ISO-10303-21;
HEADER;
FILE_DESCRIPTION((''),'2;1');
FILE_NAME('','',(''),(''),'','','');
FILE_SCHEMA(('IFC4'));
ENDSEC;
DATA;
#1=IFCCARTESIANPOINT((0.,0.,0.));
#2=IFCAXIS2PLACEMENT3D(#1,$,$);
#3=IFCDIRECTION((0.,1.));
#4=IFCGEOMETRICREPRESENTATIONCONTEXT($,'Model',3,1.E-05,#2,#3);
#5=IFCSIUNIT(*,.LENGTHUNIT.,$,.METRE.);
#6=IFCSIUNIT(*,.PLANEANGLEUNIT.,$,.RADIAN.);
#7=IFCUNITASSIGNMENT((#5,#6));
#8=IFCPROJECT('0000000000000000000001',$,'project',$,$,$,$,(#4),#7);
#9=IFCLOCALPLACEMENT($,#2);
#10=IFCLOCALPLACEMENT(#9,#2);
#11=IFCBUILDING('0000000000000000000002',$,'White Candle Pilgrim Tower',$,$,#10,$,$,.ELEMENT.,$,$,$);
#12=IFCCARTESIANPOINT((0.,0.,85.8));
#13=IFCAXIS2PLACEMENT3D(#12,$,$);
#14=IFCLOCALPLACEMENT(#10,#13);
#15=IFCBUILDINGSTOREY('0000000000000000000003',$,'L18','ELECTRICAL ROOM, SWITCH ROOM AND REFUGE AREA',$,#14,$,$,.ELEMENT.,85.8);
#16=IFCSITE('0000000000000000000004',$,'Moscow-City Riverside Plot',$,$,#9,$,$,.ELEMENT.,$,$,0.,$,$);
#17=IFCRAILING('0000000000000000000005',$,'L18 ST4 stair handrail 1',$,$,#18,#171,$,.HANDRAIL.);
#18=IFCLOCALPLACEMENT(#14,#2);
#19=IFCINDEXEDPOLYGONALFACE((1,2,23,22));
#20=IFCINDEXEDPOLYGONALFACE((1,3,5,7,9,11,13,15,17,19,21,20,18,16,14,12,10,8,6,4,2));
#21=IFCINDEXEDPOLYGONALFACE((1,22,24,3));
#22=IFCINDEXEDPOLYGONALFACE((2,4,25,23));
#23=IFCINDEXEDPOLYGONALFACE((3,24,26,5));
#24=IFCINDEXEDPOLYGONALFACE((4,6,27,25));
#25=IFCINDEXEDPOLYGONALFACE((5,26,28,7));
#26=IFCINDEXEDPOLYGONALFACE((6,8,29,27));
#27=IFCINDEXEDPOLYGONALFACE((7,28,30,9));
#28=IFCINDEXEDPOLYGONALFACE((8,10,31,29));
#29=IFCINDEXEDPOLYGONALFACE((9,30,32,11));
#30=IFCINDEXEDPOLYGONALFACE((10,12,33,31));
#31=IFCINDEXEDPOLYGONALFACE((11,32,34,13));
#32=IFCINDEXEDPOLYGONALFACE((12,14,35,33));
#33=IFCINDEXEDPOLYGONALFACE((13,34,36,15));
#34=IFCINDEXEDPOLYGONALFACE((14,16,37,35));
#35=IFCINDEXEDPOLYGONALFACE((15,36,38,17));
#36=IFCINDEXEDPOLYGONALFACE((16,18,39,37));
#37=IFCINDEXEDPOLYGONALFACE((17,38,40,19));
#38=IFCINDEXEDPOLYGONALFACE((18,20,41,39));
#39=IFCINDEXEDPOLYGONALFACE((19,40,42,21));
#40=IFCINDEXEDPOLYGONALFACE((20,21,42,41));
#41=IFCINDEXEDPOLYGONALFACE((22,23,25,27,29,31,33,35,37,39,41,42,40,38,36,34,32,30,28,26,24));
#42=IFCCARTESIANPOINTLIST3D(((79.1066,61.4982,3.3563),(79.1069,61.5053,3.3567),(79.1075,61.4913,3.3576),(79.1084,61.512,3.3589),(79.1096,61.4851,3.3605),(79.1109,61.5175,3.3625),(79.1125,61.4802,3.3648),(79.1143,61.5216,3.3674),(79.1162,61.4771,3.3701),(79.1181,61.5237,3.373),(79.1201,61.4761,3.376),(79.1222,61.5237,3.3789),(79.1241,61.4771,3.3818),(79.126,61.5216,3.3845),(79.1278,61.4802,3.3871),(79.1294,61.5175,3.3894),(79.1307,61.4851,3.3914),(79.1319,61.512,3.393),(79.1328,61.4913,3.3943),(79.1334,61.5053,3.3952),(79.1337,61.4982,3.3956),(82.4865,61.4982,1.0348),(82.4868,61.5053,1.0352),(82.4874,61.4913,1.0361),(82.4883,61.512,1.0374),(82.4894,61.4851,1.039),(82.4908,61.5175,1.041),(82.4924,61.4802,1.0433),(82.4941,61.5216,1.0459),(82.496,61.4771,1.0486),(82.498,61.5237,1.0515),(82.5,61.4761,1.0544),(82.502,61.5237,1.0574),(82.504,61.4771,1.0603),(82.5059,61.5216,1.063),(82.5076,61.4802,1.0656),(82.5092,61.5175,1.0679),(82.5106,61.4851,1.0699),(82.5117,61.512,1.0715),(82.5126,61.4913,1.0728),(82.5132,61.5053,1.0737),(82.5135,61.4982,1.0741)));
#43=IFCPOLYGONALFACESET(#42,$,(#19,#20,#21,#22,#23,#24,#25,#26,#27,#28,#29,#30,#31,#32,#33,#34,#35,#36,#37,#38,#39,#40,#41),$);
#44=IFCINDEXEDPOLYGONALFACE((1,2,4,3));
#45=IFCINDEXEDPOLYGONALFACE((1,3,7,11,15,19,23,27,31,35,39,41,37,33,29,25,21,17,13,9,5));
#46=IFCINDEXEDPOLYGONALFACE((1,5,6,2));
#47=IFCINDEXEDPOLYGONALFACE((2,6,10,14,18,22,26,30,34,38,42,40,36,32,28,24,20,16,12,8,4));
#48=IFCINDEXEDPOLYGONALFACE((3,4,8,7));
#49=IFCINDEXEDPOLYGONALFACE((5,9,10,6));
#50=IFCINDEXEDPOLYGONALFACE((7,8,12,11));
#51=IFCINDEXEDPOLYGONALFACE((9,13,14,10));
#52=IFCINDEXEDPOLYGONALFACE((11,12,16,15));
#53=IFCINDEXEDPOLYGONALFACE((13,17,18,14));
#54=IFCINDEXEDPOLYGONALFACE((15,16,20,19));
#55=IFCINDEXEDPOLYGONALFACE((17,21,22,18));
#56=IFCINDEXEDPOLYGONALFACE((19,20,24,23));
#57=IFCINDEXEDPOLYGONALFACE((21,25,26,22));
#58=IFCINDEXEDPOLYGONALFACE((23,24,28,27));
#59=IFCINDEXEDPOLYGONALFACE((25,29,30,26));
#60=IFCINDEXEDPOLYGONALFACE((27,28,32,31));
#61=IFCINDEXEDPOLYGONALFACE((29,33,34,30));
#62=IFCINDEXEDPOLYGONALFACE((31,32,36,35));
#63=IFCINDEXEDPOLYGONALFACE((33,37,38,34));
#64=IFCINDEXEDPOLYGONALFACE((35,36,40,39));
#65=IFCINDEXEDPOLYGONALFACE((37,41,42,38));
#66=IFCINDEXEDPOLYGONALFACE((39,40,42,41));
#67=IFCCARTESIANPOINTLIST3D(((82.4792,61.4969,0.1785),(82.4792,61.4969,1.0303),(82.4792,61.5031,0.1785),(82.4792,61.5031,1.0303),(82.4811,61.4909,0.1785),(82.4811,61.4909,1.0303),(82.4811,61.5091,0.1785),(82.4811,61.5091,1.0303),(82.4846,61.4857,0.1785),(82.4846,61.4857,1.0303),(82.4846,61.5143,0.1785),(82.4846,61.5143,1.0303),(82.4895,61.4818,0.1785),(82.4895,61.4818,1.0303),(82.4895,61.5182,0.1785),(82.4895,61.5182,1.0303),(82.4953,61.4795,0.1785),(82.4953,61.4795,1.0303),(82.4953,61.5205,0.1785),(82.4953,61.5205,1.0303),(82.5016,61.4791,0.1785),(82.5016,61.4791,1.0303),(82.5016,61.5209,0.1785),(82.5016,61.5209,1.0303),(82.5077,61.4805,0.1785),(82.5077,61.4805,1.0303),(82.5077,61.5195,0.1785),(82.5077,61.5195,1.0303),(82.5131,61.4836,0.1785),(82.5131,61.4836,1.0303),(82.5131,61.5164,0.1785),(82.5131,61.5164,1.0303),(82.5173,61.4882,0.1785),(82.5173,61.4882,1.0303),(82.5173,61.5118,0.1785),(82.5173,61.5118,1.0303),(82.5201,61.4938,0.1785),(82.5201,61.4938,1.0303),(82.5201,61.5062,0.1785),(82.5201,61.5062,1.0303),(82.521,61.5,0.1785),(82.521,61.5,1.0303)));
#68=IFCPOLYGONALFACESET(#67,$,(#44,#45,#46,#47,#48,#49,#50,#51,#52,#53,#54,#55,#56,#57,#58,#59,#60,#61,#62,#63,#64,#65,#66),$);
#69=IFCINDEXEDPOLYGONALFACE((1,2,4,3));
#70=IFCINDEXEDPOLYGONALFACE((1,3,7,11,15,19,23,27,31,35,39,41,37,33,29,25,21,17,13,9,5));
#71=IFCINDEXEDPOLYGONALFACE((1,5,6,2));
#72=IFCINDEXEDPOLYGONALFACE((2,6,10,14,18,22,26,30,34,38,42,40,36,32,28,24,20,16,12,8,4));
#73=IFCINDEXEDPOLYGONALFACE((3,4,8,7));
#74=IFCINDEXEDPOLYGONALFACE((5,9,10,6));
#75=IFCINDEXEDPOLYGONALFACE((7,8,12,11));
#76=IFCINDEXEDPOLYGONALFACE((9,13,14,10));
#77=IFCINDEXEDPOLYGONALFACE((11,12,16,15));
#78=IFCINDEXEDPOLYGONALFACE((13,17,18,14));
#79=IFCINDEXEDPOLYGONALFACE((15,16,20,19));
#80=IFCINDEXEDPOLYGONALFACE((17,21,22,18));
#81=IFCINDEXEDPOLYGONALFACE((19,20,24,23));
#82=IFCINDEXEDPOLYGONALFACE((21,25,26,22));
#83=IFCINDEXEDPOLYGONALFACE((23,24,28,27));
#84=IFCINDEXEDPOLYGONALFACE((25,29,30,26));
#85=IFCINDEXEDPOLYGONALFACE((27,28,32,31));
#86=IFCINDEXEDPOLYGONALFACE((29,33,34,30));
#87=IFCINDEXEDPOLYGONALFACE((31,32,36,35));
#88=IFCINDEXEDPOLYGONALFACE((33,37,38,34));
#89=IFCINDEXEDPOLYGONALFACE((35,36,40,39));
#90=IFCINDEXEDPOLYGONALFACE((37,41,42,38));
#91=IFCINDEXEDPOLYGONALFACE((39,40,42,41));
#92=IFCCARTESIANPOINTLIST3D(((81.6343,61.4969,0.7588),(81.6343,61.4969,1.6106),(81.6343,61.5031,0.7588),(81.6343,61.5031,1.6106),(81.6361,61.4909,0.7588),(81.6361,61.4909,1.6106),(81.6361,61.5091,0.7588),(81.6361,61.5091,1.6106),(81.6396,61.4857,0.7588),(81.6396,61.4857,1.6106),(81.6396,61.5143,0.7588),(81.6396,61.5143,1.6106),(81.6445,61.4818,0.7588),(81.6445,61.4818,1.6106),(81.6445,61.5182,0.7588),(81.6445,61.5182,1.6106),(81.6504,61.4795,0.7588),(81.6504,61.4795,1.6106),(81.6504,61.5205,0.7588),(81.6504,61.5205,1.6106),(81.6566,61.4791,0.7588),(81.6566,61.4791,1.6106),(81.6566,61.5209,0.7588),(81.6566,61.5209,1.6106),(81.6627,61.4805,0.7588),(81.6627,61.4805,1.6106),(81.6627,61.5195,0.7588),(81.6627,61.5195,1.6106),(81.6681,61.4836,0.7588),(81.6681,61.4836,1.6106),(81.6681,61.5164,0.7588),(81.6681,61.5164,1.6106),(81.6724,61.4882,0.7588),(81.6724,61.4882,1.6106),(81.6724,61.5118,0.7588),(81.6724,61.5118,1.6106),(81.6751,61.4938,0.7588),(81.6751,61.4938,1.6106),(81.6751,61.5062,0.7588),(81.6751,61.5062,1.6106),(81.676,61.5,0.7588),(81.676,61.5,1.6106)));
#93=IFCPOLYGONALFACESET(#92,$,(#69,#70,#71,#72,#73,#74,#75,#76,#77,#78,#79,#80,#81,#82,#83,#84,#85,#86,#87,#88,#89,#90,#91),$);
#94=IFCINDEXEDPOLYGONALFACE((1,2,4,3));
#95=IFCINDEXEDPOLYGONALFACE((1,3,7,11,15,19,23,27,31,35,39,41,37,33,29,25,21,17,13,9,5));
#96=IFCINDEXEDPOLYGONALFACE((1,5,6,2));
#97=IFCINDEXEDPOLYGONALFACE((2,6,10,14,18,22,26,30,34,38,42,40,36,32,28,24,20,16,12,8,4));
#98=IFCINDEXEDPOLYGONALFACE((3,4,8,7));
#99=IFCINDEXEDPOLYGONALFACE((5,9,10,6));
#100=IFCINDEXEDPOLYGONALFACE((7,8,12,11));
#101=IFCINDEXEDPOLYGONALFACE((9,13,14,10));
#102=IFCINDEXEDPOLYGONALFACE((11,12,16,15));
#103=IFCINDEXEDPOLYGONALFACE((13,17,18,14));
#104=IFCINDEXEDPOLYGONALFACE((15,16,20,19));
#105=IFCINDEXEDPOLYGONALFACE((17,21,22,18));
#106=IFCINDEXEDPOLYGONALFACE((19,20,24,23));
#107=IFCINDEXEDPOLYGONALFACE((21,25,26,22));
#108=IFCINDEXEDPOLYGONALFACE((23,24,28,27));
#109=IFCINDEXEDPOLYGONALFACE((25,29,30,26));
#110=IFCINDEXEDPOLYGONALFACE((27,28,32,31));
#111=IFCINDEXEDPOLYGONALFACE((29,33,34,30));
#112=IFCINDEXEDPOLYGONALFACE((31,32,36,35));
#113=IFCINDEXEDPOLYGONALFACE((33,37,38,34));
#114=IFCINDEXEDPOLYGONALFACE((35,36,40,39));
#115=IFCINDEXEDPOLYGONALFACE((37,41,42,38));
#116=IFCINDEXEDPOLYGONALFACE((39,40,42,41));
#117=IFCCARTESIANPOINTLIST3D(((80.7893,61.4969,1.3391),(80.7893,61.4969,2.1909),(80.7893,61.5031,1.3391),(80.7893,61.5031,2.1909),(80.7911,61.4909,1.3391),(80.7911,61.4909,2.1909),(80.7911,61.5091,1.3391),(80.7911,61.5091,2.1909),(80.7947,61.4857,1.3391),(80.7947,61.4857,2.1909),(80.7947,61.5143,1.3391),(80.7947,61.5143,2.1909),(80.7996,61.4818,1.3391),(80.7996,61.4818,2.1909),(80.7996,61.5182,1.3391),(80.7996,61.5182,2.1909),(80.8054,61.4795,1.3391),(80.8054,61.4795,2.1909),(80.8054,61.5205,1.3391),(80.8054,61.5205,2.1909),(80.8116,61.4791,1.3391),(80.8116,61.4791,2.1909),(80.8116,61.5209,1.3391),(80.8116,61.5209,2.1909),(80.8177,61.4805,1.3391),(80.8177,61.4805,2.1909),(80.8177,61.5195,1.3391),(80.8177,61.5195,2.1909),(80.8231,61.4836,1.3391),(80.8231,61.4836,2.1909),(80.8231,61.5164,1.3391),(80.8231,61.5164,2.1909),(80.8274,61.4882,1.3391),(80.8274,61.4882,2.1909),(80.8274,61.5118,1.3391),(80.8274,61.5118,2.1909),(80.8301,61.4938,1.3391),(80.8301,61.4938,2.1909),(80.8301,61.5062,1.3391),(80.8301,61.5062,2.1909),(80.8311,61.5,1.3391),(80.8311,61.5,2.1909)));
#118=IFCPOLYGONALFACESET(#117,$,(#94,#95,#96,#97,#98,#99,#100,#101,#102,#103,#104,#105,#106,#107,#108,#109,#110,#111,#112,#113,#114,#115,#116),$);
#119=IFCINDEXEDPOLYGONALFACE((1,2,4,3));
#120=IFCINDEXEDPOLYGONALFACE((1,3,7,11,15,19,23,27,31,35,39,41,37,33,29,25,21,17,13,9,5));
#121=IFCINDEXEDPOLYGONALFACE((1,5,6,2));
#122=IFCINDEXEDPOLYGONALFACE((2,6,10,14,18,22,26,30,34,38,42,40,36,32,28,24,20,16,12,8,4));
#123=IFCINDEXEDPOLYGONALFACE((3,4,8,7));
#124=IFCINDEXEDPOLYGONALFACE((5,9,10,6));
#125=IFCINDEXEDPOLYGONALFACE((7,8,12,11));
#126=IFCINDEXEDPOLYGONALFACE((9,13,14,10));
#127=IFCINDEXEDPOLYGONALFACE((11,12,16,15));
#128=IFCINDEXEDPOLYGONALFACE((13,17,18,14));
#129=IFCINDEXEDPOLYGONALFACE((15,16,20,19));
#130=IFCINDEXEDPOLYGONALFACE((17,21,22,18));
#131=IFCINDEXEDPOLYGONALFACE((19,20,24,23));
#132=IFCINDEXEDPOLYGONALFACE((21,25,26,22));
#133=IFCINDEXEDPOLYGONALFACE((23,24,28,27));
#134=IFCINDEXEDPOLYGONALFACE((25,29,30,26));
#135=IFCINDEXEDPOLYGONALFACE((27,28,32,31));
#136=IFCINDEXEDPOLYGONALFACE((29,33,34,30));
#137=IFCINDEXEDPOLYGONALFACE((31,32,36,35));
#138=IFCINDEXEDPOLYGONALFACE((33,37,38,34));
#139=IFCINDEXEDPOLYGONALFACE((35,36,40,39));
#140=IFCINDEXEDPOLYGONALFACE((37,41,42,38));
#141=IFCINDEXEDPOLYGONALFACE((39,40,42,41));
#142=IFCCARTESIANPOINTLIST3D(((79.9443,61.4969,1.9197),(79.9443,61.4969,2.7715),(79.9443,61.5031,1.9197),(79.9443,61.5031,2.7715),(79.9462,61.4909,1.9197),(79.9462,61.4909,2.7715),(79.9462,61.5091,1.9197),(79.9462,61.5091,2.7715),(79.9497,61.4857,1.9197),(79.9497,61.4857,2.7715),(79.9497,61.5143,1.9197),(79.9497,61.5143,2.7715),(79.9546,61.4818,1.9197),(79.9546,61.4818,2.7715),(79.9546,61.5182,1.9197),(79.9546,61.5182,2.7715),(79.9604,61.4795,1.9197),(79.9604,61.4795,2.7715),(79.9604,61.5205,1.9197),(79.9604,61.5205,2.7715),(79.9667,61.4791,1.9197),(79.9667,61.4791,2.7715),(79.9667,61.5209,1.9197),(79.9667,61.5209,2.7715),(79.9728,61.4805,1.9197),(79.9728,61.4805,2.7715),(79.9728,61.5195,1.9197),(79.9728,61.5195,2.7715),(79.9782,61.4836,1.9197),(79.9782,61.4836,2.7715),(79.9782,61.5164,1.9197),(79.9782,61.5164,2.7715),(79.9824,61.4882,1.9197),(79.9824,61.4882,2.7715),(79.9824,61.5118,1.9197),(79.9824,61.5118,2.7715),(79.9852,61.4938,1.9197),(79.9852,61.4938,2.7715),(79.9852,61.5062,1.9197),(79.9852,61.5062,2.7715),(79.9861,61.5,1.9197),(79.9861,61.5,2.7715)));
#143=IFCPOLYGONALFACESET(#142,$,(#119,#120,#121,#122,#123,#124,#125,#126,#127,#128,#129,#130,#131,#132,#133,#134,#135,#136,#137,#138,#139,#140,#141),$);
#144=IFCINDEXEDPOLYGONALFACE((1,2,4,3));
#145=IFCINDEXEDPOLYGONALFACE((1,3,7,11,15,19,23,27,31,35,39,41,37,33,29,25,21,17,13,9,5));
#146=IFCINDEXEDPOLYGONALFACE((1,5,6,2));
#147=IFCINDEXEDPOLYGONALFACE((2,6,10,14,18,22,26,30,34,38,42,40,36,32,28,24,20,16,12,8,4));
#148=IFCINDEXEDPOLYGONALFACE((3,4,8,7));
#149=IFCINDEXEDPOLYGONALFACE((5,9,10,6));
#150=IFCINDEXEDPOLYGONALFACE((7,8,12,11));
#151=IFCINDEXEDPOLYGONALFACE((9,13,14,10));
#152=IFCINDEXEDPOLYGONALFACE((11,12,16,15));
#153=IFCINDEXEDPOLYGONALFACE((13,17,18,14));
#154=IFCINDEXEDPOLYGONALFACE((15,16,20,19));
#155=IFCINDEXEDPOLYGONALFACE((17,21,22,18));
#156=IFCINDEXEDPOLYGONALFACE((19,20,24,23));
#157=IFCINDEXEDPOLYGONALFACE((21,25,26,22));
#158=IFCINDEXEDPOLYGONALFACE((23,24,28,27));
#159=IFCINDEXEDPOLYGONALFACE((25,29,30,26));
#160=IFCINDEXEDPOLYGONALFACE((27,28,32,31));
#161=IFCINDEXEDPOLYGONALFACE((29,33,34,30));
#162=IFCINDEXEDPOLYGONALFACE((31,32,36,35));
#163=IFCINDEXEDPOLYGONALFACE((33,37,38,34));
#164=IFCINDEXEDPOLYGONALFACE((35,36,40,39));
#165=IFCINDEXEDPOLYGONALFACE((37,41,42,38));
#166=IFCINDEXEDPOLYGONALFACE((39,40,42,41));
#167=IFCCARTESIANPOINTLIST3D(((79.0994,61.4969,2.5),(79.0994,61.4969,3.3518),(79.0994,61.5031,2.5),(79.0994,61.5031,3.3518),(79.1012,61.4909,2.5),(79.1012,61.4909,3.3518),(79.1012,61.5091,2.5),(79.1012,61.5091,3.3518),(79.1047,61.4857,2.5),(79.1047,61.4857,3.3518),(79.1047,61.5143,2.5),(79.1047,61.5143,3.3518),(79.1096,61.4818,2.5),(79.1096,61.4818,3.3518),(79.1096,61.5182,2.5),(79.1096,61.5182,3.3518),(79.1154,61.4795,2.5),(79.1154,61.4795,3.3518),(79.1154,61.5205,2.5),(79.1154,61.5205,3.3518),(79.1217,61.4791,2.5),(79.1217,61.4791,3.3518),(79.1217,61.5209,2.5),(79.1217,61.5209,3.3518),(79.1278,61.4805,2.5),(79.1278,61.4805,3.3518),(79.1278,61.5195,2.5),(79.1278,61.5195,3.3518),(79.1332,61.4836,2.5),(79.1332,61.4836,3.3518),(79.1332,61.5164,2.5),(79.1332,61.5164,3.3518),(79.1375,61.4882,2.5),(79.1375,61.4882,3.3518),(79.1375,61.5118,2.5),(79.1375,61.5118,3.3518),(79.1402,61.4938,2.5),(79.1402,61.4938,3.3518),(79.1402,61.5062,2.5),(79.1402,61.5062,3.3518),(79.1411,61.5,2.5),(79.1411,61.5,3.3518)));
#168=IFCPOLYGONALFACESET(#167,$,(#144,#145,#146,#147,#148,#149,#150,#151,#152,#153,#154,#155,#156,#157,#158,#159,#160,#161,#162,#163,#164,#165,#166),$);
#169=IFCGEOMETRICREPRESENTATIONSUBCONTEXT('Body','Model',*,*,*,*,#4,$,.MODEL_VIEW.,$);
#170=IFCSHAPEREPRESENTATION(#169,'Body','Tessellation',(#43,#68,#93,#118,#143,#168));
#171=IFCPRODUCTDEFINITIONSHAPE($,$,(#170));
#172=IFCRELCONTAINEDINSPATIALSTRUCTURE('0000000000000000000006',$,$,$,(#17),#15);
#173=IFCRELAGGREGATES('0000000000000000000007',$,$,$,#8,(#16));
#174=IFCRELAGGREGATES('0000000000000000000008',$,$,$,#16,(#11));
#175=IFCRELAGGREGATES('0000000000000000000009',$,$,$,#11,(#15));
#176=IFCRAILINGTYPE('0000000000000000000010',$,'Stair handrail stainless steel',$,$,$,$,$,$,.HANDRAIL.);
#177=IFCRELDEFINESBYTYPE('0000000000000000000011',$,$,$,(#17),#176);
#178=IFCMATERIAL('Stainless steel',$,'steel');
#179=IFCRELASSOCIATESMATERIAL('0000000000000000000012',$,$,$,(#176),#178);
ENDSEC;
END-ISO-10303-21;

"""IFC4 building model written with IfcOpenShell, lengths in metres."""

from ifc_helpers import new_model, si_unit, direction, frame, origin, origin_2d, place, context, subcontext, project, spatial, circle, extrude, material, type_object, element, save


model = new_model("IFC4")

# Units and contexts
model_context = context("Model", 3, precision=1e-05, world=origin(), true_north=direction((0.0, 1.0)))
body_context = subcontext(model_context, "Body", "Model", "MODEL_VIEW")
ifc_project = project(units=[si_unit("LENGTHUNIT", "METRE"), si_unit("PLANEANGLEUNIT", "RADIAN")], contexts=[model_context])

# Site, building, storey
site_placement = place(None, origin())
site = spatial("IfcSite", under=ifc_project, at=site_placement, Name="Moscow-City Riverside Plot", CompositionType="ELEMENT", RefElevation=0.0)
building_placement = place(site_placement, origin())
building = spatial("IfcBuilding", under=site, at=building_placement, Name="White Candle Pilgrim Tower", CompositionType="ELEMENT")
storey_placement = place(building_placement, frame((0.0, 0.0, 85.8)))
storey = spatial("IfcBuildingStorey", under=building, at=storey_placement, Name="L18", Description="ELECTRICAL ROOM, SWITCH ROOM AND REFUGE AREA", CompositionType="ELEMENT", Elevation=85.8)

# Railing
ifc_material_1 = material(Name="Stainless steel", Category="steel")
railing_type_1 = type_object("IfcRailingType", Name="Stair handrail stainless steel", PredefinedType="HANDRAIL", material=ifc_material_1)
railing_1_placement = place(storey_placement, frame((82.5, 61.5, 0.1785)))
element("IfcRailing", 1, at=railing_1_placement, inside=storey, type_object=railing_type_1, Name="L18 ST4 stair handrail 1", PredefinedType="HANDRAIL", context=body_context, shape_type="SweptSolid", body=[
    extrude(circle(Radius=0.0239, at=origin_2d()), frame((0.0, 0.0, 0.876), z_axis=(-0.824285, 0.0, 0.566175), x_axis=(0.0, -1.0, 0.0)), (0.0, 0.0, 1.0), 4.1003),
    extrude(circle(Radius=0.021, at=origin_2d()), origin(), (0.0, 0.0, 1.0), 0.8518),
    extrude(circle(Radius=0.021, at=origin_2d()), frame((-0.845, 0.0, 0.5803)), (0.0, 0.0, 1.0), 0.8518),
    extrude(circle(Radius=0.021, at=origin_2d()), frame((-1.6899, 0.0, 1.1606)), (0.0, 0.0, 1.0), 0.8518),
    extrude(circle(Radius=0.021, at=origin_2d()), frame((-2.5349, 0.0, 1.7412)), (0.0, 0.0, 1.0), 0.8518),
    extrude(circle(Radius=0.021, at=origin_2d()), frame((-3.3799, 0.0, 2.3215)), (0.0, 0.0, 1.0), 0.8518),
])

save(model, "model.ifc")
